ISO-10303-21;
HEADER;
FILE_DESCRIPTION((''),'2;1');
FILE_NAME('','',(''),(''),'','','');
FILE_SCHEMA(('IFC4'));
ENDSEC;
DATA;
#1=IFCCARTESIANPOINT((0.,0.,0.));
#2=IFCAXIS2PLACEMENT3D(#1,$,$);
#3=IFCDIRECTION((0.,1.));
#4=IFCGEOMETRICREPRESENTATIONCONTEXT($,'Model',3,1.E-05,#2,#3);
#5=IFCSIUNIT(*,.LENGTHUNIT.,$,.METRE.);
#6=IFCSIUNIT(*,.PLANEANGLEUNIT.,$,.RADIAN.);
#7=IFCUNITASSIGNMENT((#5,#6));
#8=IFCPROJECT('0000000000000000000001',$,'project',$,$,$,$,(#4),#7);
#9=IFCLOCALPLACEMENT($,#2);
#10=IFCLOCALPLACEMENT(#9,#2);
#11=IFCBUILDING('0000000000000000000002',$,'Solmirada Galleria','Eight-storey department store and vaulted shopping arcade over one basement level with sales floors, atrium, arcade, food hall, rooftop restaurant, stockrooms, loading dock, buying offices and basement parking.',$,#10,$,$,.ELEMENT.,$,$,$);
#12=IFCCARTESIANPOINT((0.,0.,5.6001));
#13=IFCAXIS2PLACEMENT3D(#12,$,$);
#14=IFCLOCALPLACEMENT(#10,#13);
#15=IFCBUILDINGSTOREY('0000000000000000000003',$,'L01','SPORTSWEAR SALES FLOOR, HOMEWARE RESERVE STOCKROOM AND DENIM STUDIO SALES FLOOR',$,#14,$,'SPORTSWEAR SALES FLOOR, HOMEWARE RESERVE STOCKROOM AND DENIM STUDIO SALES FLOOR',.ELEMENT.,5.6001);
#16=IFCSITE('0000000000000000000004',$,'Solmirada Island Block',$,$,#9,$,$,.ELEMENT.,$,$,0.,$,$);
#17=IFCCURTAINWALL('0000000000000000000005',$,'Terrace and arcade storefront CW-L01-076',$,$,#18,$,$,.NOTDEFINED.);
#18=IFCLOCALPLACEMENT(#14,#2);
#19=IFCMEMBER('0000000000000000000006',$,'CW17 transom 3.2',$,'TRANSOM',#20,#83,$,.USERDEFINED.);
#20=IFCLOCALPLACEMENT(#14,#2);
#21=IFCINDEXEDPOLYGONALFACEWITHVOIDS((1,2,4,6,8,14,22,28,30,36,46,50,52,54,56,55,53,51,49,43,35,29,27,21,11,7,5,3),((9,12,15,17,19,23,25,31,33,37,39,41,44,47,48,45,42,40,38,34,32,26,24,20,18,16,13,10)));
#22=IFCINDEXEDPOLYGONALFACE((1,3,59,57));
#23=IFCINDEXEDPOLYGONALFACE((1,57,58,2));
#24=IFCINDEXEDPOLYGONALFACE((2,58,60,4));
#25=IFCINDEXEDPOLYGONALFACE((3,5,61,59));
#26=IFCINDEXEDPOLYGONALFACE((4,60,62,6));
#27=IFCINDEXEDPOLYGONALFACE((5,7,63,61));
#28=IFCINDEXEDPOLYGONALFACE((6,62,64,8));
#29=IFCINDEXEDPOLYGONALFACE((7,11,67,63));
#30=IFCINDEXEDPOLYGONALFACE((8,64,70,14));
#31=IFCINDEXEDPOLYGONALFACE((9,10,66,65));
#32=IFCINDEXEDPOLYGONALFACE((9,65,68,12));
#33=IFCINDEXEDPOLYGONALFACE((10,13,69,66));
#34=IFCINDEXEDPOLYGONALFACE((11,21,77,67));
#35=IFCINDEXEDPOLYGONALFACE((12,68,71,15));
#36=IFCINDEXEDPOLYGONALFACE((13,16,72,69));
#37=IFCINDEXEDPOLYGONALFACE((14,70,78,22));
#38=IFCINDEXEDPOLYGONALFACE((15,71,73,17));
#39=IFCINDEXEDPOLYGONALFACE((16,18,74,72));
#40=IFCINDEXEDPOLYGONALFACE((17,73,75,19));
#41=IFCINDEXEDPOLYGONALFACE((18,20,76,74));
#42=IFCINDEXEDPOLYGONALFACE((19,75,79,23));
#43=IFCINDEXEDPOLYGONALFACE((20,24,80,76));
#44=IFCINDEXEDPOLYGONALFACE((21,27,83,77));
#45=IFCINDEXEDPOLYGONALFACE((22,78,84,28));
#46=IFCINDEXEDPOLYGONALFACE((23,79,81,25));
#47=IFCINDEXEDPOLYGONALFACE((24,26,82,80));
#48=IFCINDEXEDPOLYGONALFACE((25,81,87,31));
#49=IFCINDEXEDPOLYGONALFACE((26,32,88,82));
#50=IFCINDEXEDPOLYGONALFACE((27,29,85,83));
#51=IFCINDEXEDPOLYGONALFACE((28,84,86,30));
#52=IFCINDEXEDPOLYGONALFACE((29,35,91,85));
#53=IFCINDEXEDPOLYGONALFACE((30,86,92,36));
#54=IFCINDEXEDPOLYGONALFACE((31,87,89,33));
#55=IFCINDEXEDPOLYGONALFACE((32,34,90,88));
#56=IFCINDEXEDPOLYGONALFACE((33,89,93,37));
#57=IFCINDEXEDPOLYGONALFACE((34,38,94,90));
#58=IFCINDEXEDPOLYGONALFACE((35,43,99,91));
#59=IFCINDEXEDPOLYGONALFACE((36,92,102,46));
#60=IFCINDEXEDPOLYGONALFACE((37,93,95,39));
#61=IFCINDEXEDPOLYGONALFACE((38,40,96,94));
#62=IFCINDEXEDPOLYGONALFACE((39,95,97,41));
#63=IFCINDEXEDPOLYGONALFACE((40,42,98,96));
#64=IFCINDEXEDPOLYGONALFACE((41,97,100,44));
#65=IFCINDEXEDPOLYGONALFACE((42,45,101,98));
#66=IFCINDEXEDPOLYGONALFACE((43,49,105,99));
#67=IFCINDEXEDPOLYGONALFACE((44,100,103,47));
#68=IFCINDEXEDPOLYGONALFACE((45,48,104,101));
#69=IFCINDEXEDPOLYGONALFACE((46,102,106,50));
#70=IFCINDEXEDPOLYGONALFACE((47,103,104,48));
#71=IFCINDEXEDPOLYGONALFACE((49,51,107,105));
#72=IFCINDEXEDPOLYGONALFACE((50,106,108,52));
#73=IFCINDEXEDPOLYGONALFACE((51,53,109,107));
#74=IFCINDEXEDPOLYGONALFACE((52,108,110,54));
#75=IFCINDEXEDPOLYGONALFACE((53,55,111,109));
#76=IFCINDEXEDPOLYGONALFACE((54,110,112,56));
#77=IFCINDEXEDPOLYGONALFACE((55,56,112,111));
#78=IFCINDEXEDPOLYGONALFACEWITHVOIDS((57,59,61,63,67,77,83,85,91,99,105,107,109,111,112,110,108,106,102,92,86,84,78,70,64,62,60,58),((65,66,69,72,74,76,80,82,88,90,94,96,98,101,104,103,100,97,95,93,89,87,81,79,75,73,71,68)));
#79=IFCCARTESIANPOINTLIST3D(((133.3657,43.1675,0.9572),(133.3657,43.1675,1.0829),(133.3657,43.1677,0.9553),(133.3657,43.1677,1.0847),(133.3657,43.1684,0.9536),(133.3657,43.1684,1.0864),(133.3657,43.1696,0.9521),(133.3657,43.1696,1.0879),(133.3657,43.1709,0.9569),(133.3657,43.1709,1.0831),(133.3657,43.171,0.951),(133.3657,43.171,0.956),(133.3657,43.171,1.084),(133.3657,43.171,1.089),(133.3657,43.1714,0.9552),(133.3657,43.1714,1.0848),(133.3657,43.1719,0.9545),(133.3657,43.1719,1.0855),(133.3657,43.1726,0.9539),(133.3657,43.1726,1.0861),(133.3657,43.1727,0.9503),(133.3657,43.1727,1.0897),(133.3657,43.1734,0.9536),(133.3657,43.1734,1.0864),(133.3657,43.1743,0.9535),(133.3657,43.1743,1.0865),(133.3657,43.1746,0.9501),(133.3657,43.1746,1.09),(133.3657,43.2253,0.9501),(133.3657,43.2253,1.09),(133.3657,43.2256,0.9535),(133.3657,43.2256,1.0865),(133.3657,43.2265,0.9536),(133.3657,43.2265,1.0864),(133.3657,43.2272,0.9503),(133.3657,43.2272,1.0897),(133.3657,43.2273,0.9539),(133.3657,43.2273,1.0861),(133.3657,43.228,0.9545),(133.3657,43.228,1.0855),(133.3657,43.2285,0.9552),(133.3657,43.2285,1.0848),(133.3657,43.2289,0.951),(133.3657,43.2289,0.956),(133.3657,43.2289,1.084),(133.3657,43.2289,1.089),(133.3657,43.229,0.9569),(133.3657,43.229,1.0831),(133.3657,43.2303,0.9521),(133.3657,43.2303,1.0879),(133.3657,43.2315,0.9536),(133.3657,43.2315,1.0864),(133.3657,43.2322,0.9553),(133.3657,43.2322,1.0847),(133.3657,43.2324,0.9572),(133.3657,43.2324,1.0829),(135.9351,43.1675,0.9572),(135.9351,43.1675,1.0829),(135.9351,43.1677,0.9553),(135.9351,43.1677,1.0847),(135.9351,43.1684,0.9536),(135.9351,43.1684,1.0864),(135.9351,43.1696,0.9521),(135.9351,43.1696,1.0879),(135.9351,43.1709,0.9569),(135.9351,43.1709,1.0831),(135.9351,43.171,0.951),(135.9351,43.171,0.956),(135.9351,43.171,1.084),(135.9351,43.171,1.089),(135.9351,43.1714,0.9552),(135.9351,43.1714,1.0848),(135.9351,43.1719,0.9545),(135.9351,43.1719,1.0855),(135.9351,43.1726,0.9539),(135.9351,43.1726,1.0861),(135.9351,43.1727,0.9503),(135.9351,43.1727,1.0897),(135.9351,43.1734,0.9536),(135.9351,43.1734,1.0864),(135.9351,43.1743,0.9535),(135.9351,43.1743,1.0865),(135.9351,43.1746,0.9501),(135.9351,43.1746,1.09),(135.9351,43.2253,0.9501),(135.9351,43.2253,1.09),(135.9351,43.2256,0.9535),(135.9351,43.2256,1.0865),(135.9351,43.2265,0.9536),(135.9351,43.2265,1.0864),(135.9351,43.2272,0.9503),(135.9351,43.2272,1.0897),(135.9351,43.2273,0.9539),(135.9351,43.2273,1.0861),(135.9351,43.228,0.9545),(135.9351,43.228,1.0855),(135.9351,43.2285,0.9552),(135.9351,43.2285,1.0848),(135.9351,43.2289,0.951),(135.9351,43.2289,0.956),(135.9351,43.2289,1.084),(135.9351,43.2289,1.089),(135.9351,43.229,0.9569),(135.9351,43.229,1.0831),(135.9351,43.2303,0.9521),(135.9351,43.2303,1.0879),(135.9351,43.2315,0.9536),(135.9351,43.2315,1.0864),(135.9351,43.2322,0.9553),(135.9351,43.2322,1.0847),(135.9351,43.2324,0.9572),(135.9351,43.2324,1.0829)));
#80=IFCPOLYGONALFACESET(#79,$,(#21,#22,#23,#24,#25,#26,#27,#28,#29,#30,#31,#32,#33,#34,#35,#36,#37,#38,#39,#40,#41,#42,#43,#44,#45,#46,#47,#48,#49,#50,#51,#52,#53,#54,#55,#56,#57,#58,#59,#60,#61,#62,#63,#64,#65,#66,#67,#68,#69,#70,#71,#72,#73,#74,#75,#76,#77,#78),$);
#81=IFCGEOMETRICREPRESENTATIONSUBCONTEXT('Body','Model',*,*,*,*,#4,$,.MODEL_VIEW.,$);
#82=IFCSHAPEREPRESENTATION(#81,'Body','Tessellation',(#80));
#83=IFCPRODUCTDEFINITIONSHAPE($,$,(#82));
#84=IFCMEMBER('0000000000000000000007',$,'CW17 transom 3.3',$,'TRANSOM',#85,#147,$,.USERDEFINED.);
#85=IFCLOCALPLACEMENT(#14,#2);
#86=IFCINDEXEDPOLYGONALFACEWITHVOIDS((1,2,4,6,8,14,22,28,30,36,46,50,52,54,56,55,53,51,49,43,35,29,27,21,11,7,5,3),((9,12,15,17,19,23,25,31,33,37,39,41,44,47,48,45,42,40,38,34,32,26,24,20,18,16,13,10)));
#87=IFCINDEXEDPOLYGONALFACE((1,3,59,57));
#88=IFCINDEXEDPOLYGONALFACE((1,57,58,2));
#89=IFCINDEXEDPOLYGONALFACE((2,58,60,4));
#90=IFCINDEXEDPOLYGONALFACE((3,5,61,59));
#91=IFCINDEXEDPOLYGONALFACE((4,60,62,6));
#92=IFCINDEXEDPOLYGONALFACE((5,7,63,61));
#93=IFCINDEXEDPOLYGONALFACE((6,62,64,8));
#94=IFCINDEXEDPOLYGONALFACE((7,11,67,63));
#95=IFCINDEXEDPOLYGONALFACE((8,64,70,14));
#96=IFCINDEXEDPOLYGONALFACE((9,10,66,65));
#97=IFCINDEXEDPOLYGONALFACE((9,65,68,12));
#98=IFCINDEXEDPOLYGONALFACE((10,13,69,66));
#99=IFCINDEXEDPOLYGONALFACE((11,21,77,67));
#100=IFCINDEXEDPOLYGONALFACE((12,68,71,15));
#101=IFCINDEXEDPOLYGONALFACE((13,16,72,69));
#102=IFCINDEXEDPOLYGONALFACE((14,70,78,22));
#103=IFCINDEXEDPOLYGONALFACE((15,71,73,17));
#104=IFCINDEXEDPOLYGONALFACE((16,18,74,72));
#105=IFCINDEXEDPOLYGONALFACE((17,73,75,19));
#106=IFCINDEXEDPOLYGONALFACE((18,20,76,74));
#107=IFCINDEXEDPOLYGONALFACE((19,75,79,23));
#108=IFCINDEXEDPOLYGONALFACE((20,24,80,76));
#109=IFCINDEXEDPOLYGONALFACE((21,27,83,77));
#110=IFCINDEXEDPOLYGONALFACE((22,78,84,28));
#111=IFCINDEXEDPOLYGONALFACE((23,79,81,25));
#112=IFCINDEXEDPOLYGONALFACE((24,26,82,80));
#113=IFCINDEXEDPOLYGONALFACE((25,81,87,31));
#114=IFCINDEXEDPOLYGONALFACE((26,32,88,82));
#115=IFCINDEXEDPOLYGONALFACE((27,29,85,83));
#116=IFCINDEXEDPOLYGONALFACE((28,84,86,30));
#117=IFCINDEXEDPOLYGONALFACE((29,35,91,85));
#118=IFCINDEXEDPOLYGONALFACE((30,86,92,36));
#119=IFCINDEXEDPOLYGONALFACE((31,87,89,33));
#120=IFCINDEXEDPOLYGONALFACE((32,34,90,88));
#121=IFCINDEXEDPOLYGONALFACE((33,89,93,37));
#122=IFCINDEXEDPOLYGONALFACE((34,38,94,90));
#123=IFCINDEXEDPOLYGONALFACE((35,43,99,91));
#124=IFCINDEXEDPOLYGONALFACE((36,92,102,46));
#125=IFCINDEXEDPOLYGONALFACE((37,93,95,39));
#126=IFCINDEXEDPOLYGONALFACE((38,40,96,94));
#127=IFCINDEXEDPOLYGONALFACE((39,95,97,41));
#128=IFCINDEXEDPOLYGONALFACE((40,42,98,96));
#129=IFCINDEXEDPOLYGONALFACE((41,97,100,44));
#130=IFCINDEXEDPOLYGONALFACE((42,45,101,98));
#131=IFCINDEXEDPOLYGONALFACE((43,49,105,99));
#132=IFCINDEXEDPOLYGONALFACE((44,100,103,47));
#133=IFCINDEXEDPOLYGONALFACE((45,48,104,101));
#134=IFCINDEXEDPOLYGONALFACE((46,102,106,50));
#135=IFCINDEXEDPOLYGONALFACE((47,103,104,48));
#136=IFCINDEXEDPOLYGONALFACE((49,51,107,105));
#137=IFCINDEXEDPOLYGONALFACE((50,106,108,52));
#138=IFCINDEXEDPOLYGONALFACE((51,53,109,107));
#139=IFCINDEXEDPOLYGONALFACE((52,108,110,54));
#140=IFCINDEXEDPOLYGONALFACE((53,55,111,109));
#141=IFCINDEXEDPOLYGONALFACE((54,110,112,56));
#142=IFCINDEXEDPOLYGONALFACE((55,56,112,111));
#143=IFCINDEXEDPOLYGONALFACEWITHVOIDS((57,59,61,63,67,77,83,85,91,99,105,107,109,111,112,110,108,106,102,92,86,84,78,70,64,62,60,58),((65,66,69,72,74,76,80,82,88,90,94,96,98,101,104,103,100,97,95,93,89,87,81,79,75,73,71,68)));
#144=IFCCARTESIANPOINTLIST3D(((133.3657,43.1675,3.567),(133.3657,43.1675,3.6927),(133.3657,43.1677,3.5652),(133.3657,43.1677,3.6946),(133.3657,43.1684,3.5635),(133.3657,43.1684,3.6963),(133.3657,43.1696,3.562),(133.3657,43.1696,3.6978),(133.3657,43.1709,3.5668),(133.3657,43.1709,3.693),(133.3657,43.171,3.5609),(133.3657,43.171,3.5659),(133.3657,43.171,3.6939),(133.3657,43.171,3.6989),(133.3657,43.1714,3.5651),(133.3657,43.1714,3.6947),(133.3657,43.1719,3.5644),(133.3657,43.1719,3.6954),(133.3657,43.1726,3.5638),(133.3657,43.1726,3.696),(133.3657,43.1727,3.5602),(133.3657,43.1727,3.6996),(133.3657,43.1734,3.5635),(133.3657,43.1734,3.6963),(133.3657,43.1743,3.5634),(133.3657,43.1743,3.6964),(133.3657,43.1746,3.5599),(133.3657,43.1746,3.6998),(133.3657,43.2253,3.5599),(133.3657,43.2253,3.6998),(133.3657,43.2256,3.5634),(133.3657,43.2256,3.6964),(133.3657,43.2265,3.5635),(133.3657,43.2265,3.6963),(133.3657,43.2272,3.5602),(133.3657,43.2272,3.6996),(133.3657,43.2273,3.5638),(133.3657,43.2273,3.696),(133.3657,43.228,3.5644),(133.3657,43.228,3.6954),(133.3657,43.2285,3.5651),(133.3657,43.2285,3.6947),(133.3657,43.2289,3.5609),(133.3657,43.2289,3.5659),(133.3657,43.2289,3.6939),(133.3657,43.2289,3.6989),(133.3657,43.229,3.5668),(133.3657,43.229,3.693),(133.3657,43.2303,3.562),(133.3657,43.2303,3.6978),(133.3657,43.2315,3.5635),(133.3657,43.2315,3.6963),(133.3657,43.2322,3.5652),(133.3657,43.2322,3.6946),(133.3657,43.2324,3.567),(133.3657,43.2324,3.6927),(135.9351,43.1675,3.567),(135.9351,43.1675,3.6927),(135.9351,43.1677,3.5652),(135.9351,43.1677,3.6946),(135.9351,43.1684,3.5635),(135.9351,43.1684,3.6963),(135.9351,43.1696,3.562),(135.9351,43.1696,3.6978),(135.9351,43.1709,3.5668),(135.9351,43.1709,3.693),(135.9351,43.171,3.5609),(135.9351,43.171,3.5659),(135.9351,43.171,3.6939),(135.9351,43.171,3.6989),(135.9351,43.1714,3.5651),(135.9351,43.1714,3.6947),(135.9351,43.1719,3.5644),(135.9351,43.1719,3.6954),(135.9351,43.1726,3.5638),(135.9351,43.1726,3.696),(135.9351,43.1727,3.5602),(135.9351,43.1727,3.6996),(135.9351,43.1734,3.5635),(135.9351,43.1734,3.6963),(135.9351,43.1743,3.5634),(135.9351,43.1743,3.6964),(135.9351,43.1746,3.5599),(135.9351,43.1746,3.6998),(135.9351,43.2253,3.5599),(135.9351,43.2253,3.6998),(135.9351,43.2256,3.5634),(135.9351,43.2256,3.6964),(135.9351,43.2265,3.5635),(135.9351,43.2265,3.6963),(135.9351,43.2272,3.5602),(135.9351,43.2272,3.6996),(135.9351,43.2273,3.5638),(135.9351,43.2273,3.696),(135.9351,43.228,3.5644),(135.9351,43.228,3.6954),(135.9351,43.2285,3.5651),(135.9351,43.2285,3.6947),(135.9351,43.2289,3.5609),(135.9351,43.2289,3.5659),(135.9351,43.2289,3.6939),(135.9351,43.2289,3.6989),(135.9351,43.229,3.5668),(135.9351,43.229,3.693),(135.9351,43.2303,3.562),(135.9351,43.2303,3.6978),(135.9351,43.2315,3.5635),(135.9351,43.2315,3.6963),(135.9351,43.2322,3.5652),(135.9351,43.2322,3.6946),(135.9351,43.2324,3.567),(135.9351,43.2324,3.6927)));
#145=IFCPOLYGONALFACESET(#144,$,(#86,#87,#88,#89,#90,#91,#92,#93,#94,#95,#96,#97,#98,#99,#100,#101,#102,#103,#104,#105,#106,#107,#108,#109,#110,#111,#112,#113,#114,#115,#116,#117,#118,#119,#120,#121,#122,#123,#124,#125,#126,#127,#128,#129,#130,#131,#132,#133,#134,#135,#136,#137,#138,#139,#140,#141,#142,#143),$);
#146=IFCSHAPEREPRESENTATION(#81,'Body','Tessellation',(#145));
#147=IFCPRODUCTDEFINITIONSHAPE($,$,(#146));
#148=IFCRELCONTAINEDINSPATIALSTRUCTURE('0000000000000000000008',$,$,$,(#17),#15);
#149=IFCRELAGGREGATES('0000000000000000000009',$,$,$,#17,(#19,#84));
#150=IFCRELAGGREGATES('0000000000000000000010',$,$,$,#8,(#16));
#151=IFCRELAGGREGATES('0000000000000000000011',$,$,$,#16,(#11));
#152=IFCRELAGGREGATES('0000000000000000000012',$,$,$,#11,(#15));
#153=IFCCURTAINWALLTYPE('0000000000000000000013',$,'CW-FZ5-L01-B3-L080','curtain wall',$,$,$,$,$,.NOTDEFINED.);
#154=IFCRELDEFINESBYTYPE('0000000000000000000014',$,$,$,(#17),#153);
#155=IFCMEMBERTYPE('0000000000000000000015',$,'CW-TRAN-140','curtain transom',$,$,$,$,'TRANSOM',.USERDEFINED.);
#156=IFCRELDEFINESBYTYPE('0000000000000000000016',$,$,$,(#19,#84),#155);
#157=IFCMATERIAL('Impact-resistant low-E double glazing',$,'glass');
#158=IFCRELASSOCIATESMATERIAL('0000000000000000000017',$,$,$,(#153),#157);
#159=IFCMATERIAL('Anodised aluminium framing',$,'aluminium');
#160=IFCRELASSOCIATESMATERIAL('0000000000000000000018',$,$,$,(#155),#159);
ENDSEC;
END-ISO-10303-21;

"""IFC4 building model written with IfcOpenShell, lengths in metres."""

from ifc_helpers import new_model, si_unit, direction, frame, origin, origin_2d, place, context, subcontext, project, spatial, hollow_rectangle, extrude, material, material_profile, profile_set, type_object, element, aggregate, save


model = new_model("IFC4")

# Units and contexts
model_context = context("Model", 3, precision=1e-05, world=origin(), true_north=direction((0.0, 1.0)))
body_context = subcontext(model_context, "Body", "Model", "MODEL_VIEW")
ifc_project = project(units=[si_unit("LENGTHUNIT", "METRE"), si_unit("PLANEANGLEUNIT", "RADIAN")], contexts=[model_context])

# Site, building, storey
site_placement = place(None, origin())
site = spatial("IfcSite", under=ifc_project, at=site_placement, Name="Solmirada Island Block", CompositionType="ELEMENT", RefElevation=0.0)
building_placement = place(site_placement, origin())
building = spatial("IfcBuilding", under=site, at=building_placement, Name="Solmirada Galleria", Description="Eight-storey department store and vaulted shopping arcade over one basement level with sales floors, atrium, arcade, food hall, rooftop restaurant, stockrooms, loading dock, buying offices and basement parking.", CompositionType="ELEMENT")
storey_placement = place(building_placement, frame((0.0, 0.0, 5.6001)))
storey = spatial("IfcBuildingStorey", under=building, at=storey_placement, Name="L01", Description="SPORTSWEAR SALES FLOOR, HOMEWARE RESERVE STOCKROOM AND DENIM STUDIO SALES FLOOR", LongName="SPORTSWEAR SALES FLOOR, HOMEWARE RESERVE STOCKROOM AND DENIM STUDIO SALES FLOOR", CompositionType="ELEMENT", Elevation=5.6001)

# Curtain wall
ifc_material_1 = material(Name="Impact-resistant low-E double glazing", Category="glass")
curtain_wall_type = type_object("IfcCurtainWallType", Name="CW-FZ5-L01-B3-L080", Description="curtain wall", PredefinedType="NOTDEFINED", material=ifc_material_1)
curtain_wall_1_placement = place(storey_placement, origin())
curtain_wall_1 = element("IfcCurtainWall", 1, at=curtain_wall_1_placement, inside=storey, type_object=curtain_wall_type, Name="Terrace and arcade storefront CW-L01-076", PredefinedType="NOTDEFINED")
ifc_material_2 = material(Name="Anodised aluminium framing", Category="aluminium")

# Members
ifc_material_profile_1 = material_profile(ifc_material_2, hollow_rectangle(XDim=0.0649, YDim=0.1399, WallThickness=0.0034, InnerFilletRadius=0.0034, OuterFilletRadius=0.0071, at=origin_2d()), Name="ALU-TRAN-140X65")
ifc_profile_set_1 = profile_set([ifc_material_profile_1], Name="Anodised aluminium framing")
member_type_1 = type_object("IfcMemberType", Name="CW-TRAN-140", Description="curtain transom", ElementType="TRANSOM", PredefinedType="USERDEFINED", material=ifc_profile_set_1)
member_1_placement = place(storey_placement, frame((133.3657, 43.2, 1.02), z_axis=(1.0, 0.0, 0.0), x_axis=(0.0, 1.0, 0.0)))
member_1 = element("IfcMember", 2, at=member_1_placement, type_object=member_type_1, Name="CW17 transom 3.2", ObjectType="TRANSOM", PredefinedType="USERDEFINED", context=body_context, shape_type="SweptSolid", body=[
    extrude(hollow_rectangle(XDim=0.0649, YDim=0.1399, WallThickness=0.0034, InnerFilletRadius=0.0034, OuterFilletRadius=0.0071, at=origin_2d()), origin(), (0.0, 0.0, 1.0), 2.5693),
])
member_2_placement = place(storey_placement, frame((133.3657, 43.2, 3.6299), z_axis=(1.0, 0.0, 0.0), x_axis=(0.0, 1.0, 0.0)))
member_2 = element("IfcMember", 3, at=member_2_placement, type_object=member_type_1, Name="CW17 transom 3.3", ObjectType="TRANSOM", PredefinedType="USERDEFINED", context=body_context, shape_type="SweptSolid", body=[
    extrude(hollow_rectangle(XDim=0.0649, YDim=0.1399, WallThickness=0.0034, InnerFilletRadius=0.0034, OuterFilletRadius=0.0071, at=origin_2d()), origin(), (0.0, 0.0, 1.0), 2.5693),
])

aggregate(curtain_wall_1, [member_1, member_2])

save(model, "model.ifc")
